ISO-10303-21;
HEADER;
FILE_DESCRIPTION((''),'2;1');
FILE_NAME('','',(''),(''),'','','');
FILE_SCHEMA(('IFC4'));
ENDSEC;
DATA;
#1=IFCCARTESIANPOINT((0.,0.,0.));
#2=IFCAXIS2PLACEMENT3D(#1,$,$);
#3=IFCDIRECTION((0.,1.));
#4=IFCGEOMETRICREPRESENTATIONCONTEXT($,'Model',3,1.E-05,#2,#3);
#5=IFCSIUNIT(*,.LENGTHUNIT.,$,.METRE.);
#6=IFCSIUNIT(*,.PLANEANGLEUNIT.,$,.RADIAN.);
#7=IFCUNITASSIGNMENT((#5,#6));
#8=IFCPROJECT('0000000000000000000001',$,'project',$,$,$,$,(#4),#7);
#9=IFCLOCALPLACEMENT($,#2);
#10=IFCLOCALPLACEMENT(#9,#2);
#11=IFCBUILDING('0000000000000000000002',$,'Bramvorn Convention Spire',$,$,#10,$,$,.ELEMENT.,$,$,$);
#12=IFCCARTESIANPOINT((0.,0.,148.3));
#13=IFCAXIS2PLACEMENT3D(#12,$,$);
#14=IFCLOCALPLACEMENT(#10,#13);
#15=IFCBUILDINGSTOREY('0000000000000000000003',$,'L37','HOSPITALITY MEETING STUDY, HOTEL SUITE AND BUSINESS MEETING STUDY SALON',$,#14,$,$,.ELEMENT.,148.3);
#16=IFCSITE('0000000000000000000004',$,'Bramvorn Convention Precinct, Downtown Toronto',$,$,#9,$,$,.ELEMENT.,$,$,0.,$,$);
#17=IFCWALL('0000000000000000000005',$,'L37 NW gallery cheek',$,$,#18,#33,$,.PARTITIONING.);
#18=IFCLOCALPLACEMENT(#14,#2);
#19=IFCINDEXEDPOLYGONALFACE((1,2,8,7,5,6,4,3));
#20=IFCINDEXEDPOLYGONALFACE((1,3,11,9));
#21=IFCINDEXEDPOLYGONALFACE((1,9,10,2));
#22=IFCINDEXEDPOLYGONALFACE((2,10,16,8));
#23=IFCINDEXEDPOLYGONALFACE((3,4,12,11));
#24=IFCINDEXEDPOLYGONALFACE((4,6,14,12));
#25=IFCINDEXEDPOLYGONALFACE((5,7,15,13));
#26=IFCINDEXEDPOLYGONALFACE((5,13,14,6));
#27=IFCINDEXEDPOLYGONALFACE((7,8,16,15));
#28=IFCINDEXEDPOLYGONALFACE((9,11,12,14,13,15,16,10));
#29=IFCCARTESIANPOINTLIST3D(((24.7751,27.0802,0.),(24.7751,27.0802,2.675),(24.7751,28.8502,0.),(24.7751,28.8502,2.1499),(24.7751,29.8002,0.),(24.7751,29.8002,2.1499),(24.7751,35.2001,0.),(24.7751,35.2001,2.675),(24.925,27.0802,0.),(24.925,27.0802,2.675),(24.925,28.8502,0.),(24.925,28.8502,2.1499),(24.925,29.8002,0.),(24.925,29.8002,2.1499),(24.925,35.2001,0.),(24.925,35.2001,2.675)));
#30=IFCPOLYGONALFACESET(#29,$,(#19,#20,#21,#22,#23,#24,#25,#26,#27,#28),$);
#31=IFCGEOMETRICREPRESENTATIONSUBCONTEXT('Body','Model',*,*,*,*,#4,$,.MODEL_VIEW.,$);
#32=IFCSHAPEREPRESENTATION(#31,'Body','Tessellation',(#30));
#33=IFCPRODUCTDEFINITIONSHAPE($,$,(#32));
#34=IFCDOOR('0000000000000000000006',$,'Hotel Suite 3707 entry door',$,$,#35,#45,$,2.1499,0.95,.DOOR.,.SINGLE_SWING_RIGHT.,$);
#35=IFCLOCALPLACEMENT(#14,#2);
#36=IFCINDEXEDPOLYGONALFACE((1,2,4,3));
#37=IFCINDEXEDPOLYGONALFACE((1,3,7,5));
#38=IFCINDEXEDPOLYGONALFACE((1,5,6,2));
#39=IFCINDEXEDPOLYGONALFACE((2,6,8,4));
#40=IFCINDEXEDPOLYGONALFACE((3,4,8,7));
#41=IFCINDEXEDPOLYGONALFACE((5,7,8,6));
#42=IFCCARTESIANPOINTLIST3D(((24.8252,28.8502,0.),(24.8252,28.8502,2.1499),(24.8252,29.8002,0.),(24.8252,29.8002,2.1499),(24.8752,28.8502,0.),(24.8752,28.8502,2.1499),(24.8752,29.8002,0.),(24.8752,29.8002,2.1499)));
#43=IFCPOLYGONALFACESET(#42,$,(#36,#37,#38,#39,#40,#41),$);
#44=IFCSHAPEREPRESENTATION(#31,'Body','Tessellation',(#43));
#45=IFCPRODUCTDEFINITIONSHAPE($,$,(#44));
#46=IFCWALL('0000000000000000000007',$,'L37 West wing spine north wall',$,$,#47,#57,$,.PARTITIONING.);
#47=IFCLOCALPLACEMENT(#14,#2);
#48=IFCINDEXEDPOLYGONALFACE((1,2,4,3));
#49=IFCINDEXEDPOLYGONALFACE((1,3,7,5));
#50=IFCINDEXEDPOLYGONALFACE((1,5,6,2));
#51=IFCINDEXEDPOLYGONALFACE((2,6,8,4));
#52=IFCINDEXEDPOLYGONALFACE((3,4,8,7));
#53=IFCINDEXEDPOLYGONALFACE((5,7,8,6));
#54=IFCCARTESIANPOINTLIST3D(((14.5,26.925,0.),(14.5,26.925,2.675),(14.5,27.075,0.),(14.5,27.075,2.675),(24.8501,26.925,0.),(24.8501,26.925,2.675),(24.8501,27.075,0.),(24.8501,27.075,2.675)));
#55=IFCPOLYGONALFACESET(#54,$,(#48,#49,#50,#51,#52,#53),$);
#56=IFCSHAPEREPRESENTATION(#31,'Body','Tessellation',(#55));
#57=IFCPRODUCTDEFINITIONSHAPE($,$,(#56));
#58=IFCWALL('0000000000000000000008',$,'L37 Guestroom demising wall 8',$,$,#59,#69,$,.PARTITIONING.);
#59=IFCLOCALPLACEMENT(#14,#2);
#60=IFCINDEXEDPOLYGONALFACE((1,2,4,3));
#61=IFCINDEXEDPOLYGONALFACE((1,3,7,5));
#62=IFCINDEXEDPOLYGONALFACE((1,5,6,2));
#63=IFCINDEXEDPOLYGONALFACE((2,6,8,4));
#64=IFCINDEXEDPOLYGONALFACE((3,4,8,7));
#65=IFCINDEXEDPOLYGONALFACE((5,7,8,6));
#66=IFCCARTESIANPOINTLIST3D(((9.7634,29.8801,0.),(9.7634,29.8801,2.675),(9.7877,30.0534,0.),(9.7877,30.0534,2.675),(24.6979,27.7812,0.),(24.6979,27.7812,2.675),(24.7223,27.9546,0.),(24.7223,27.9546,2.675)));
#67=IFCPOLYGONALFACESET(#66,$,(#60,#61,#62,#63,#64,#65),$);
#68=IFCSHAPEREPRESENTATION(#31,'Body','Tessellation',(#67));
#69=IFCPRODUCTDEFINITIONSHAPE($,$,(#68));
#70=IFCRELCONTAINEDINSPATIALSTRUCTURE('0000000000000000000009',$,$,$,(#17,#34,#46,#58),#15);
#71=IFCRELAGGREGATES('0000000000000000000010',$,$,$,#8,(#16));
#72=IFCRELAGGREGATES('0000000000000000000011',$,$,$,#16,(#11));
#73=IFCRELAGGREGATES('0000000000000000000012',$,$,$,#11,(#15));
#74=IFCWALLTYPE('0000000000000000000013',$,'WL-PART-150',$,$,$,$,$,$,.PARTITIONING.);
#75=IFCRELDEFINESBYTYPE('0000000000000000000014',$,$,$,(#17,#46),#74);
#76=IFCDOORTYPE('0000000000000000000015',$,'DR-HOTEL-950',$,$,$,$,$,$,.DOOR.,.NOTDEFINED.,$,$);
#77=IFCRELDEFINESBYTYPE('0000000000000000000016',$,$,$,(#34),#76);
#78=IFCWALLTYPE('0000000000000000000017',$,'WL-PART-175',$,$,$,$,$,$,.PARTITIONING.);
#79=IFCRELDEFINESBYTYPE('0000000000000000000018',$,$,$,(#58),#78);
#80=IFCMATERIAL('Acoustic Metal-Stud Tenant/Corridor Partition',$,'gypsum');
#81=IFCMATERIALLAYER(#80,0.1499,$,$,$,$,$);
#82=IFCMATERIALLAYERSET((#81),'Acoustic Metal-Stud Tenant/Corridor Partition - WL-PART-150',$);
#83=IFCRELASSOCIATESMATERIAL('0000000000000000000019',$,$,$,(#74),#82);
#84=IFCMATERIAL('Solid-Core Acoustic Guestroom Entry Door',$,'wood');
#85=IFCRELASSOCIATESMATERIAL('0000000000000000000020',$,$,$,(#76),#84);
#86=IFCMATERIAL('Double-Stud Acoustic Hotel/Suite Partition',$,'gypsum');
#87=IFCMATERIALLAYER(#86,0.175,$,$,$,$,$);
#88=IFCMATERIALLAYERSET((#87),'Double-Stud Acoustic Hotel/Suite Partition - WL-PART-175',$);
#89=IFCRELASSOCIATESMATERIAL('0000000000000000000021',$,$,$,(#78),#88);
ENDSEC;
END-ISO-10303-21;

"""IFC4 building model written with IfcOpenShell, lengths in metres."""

from ifc_helpers import new_model, si_unit, direction, frame, frame_2d, origin, place, context, subcontext, project, spatial, rectangle, extrude, material, layer, layer_set, type_object, element, fill, save


model = new_model("IFC4")

# Units and contexts
model_context = context("Model", 3, precision=1e-05, world=origin(), true_north=direction((0.0, 1.0)))
body_context = subcontext(model_context, "Body", "Model", "MODEL_VIEW")
ifc_project = project(units=[si_unit("LENGTHUNIT", "METRE"), si_unit("PLANEANGLEUNIT", "RADIAN")], contexts=[model_context])

# Site, building, storey
site_placement = place(None, origin())
site = spatial("IfcSite", under=ifc_project, at=site_placement, Name="Bramvorn Convention Precinct, Downtown Toronto", CompositionType="ELEMENT", RefElevation=0.0)
building_placement = place(site_placement, origin())
building = spatial("IfcBuilding", under=site, at=building_placement, Name="Bramvorn Convention Spire", CompositionType="ELEMENT")
storey_placement = place(building_placement, frame((0.0, 0.0, 148.3)))
storey = spatial("IfcBuildingStorey", under=building, at=storey_placement, Name="L37", Description="HOSPITALITY MEETING STUDY, HOTEL SUITE AND BUSINESS MEETING STUDY SALON", CompositionType="ELEMENT", Elevation=148.3)

# Wall, opening, door
ifc_material_1 = material(Name="Acoustic Metal-Stud Tenant/Corridor Partition", Category="gypsum")
ifc_layer_1 = layer(ifc_material_1, 0.1499)
ifc_layer_set_1 = layer_set([ifc_layer_1], Name="Acoustic Metal-Stud Tenant/Corridor Partition - WL-PART-150")
wall_type_1 = type_object("IfcWallType", Name="WL-PART-150", PredefinedType="PARTITIONING", material=ifc_layer_set_1)
wall_1_placement = place(storey_placement, frame((24.8501, 27.0801, 0.0), z_axis=(0.0, 0.0, 1.0), x_axis=(0.0, 1.0, 0.0)))
wall_1 = element("IfcWall", 1, at=wall_1_placement, inside=storey, type_object=wall_type_1, Name="L37 NW gallery cheek", PredefinedType="PARTITIONING", context=body_context, shape_type="SweptSolid", body=[
    extrude(rectangle(XDim=8.1199, YDim=0.1499, at=frame_2d((4.0601, 0.0))), origin(), (0.0, 0.0, 1.0), 2.675),
])
opening_1_placement = place(wall_1_placement, frame((1.77, 0.0, 0.0)))
opening_1 = element("IfcOpeningElement", 2, at=opening_1_placement, cuts=wall_1, PredefinedType="OPENING", context=body_context, shape_type="SweptSolid", body=[
    extrude(rectangle(XDim=0.95, YDim=2.1499, at=frame_2d((0.4751, 1.075))), frame((0.0, 0.085, 0.0), z_axis=(0.0, -1.0, 0.0), x_axis=(1.0, 0.0, 0.0)), (0.0, 0.0, 1.0), 0.1699),
])
ifc_material_2 = material(Name="Solid-Core Acoustic Guestroom Entry Door", Category="wood")
door_type_1 = type_object("IfcDoorType", Name="DR-HOTEL-950", OperationType="NOTDEFINED", PredefinedType="DOOR", material=ifc_material_2)
door_1_placement = place(opening_1_placement, origin())
door_1 = element("IfcDoor", 3, at=door_1_placement, inside=storey, type_object=door_type_1, Name="Hotel Suite 3707 entry door", OperationType="SINGLE_SWING_RIGHT", OverallHeight=2.1499, OverallWidth=0.95, PredefinedType="DOOR", context=body_context, shape_type="SweptSolid", body=[
    extrude(rectangle(XDim=0.95, YDim=2.1499, at=frame_2d((0.4751, 1.075))), frame((0.0, 0.0249, 0.0), z_axis=(0.0, -1.0, 0.0), x_axis=(1.0, 0.0, 0.0)), (0.0, 0.0, 1.0), 0.05),
])
fill(opening_1, door_1)

# Walls
wall_2_placement = place(storey_placement, frame((14.5, 27.0, 0.0), z_axis=(0.0, 0.0, 1.0), x_axis=(1.0, 0.0, 0.0)))
element("IfcWall", 4, at=wall_2_placement, inside=storey, type_object=wall_type_1, Name="L37 West wing spine north wall", PredefinedType="PARTITIONING", context=body_context, shape_type="SweptSolid", body=[
    extrude(rectangle(XDim=10.3501, YDim=0.1499, at=frame_2d((5.175, 0.0))), origin(), (0.0, 0.0, 1.0), 2.675),
])
ifc_material_3 = material(Name="Double-Stud Acoustic Hotel/Suite Partition", Category="gypsum")
ifc_layer_2 = layer(ifc_material_3, 0.175)
ifc_layer_set_2 = layer_set([ifc_layer_2], Name="Double-Stud Acoustic Hotel/Suite Partition - WL-PART-175")
wall_type_2 = type_object("IfcWallType", Name="WL-PART-175", PredefinedType="PARTITIONING", material=ifc_layer_set_2)
wall_3_placement = place(storey_placement, frame((24.71, 27.8679, 0.0), z_axis=(0.0, 0.0, 1.0), x_axis=(-0.990268, 0.13917, 0.0)))
element("IfcWall", 5, at=wall_3_placement, inside=storey, type_object=wall_type_2, Name="L37 Guestroom demising wall 8", PredefinedType="PARTITIONING", context=body_context, shape_type="SweptSolid", body=[
    extrude(rectangle(XDim=15.0813, YDim=0.175, at=frame_2d((7.5405, 0.0))), origin(), (0.0, 0.0, 1.0), 2.675),
])

save(model, "model.ifc")
